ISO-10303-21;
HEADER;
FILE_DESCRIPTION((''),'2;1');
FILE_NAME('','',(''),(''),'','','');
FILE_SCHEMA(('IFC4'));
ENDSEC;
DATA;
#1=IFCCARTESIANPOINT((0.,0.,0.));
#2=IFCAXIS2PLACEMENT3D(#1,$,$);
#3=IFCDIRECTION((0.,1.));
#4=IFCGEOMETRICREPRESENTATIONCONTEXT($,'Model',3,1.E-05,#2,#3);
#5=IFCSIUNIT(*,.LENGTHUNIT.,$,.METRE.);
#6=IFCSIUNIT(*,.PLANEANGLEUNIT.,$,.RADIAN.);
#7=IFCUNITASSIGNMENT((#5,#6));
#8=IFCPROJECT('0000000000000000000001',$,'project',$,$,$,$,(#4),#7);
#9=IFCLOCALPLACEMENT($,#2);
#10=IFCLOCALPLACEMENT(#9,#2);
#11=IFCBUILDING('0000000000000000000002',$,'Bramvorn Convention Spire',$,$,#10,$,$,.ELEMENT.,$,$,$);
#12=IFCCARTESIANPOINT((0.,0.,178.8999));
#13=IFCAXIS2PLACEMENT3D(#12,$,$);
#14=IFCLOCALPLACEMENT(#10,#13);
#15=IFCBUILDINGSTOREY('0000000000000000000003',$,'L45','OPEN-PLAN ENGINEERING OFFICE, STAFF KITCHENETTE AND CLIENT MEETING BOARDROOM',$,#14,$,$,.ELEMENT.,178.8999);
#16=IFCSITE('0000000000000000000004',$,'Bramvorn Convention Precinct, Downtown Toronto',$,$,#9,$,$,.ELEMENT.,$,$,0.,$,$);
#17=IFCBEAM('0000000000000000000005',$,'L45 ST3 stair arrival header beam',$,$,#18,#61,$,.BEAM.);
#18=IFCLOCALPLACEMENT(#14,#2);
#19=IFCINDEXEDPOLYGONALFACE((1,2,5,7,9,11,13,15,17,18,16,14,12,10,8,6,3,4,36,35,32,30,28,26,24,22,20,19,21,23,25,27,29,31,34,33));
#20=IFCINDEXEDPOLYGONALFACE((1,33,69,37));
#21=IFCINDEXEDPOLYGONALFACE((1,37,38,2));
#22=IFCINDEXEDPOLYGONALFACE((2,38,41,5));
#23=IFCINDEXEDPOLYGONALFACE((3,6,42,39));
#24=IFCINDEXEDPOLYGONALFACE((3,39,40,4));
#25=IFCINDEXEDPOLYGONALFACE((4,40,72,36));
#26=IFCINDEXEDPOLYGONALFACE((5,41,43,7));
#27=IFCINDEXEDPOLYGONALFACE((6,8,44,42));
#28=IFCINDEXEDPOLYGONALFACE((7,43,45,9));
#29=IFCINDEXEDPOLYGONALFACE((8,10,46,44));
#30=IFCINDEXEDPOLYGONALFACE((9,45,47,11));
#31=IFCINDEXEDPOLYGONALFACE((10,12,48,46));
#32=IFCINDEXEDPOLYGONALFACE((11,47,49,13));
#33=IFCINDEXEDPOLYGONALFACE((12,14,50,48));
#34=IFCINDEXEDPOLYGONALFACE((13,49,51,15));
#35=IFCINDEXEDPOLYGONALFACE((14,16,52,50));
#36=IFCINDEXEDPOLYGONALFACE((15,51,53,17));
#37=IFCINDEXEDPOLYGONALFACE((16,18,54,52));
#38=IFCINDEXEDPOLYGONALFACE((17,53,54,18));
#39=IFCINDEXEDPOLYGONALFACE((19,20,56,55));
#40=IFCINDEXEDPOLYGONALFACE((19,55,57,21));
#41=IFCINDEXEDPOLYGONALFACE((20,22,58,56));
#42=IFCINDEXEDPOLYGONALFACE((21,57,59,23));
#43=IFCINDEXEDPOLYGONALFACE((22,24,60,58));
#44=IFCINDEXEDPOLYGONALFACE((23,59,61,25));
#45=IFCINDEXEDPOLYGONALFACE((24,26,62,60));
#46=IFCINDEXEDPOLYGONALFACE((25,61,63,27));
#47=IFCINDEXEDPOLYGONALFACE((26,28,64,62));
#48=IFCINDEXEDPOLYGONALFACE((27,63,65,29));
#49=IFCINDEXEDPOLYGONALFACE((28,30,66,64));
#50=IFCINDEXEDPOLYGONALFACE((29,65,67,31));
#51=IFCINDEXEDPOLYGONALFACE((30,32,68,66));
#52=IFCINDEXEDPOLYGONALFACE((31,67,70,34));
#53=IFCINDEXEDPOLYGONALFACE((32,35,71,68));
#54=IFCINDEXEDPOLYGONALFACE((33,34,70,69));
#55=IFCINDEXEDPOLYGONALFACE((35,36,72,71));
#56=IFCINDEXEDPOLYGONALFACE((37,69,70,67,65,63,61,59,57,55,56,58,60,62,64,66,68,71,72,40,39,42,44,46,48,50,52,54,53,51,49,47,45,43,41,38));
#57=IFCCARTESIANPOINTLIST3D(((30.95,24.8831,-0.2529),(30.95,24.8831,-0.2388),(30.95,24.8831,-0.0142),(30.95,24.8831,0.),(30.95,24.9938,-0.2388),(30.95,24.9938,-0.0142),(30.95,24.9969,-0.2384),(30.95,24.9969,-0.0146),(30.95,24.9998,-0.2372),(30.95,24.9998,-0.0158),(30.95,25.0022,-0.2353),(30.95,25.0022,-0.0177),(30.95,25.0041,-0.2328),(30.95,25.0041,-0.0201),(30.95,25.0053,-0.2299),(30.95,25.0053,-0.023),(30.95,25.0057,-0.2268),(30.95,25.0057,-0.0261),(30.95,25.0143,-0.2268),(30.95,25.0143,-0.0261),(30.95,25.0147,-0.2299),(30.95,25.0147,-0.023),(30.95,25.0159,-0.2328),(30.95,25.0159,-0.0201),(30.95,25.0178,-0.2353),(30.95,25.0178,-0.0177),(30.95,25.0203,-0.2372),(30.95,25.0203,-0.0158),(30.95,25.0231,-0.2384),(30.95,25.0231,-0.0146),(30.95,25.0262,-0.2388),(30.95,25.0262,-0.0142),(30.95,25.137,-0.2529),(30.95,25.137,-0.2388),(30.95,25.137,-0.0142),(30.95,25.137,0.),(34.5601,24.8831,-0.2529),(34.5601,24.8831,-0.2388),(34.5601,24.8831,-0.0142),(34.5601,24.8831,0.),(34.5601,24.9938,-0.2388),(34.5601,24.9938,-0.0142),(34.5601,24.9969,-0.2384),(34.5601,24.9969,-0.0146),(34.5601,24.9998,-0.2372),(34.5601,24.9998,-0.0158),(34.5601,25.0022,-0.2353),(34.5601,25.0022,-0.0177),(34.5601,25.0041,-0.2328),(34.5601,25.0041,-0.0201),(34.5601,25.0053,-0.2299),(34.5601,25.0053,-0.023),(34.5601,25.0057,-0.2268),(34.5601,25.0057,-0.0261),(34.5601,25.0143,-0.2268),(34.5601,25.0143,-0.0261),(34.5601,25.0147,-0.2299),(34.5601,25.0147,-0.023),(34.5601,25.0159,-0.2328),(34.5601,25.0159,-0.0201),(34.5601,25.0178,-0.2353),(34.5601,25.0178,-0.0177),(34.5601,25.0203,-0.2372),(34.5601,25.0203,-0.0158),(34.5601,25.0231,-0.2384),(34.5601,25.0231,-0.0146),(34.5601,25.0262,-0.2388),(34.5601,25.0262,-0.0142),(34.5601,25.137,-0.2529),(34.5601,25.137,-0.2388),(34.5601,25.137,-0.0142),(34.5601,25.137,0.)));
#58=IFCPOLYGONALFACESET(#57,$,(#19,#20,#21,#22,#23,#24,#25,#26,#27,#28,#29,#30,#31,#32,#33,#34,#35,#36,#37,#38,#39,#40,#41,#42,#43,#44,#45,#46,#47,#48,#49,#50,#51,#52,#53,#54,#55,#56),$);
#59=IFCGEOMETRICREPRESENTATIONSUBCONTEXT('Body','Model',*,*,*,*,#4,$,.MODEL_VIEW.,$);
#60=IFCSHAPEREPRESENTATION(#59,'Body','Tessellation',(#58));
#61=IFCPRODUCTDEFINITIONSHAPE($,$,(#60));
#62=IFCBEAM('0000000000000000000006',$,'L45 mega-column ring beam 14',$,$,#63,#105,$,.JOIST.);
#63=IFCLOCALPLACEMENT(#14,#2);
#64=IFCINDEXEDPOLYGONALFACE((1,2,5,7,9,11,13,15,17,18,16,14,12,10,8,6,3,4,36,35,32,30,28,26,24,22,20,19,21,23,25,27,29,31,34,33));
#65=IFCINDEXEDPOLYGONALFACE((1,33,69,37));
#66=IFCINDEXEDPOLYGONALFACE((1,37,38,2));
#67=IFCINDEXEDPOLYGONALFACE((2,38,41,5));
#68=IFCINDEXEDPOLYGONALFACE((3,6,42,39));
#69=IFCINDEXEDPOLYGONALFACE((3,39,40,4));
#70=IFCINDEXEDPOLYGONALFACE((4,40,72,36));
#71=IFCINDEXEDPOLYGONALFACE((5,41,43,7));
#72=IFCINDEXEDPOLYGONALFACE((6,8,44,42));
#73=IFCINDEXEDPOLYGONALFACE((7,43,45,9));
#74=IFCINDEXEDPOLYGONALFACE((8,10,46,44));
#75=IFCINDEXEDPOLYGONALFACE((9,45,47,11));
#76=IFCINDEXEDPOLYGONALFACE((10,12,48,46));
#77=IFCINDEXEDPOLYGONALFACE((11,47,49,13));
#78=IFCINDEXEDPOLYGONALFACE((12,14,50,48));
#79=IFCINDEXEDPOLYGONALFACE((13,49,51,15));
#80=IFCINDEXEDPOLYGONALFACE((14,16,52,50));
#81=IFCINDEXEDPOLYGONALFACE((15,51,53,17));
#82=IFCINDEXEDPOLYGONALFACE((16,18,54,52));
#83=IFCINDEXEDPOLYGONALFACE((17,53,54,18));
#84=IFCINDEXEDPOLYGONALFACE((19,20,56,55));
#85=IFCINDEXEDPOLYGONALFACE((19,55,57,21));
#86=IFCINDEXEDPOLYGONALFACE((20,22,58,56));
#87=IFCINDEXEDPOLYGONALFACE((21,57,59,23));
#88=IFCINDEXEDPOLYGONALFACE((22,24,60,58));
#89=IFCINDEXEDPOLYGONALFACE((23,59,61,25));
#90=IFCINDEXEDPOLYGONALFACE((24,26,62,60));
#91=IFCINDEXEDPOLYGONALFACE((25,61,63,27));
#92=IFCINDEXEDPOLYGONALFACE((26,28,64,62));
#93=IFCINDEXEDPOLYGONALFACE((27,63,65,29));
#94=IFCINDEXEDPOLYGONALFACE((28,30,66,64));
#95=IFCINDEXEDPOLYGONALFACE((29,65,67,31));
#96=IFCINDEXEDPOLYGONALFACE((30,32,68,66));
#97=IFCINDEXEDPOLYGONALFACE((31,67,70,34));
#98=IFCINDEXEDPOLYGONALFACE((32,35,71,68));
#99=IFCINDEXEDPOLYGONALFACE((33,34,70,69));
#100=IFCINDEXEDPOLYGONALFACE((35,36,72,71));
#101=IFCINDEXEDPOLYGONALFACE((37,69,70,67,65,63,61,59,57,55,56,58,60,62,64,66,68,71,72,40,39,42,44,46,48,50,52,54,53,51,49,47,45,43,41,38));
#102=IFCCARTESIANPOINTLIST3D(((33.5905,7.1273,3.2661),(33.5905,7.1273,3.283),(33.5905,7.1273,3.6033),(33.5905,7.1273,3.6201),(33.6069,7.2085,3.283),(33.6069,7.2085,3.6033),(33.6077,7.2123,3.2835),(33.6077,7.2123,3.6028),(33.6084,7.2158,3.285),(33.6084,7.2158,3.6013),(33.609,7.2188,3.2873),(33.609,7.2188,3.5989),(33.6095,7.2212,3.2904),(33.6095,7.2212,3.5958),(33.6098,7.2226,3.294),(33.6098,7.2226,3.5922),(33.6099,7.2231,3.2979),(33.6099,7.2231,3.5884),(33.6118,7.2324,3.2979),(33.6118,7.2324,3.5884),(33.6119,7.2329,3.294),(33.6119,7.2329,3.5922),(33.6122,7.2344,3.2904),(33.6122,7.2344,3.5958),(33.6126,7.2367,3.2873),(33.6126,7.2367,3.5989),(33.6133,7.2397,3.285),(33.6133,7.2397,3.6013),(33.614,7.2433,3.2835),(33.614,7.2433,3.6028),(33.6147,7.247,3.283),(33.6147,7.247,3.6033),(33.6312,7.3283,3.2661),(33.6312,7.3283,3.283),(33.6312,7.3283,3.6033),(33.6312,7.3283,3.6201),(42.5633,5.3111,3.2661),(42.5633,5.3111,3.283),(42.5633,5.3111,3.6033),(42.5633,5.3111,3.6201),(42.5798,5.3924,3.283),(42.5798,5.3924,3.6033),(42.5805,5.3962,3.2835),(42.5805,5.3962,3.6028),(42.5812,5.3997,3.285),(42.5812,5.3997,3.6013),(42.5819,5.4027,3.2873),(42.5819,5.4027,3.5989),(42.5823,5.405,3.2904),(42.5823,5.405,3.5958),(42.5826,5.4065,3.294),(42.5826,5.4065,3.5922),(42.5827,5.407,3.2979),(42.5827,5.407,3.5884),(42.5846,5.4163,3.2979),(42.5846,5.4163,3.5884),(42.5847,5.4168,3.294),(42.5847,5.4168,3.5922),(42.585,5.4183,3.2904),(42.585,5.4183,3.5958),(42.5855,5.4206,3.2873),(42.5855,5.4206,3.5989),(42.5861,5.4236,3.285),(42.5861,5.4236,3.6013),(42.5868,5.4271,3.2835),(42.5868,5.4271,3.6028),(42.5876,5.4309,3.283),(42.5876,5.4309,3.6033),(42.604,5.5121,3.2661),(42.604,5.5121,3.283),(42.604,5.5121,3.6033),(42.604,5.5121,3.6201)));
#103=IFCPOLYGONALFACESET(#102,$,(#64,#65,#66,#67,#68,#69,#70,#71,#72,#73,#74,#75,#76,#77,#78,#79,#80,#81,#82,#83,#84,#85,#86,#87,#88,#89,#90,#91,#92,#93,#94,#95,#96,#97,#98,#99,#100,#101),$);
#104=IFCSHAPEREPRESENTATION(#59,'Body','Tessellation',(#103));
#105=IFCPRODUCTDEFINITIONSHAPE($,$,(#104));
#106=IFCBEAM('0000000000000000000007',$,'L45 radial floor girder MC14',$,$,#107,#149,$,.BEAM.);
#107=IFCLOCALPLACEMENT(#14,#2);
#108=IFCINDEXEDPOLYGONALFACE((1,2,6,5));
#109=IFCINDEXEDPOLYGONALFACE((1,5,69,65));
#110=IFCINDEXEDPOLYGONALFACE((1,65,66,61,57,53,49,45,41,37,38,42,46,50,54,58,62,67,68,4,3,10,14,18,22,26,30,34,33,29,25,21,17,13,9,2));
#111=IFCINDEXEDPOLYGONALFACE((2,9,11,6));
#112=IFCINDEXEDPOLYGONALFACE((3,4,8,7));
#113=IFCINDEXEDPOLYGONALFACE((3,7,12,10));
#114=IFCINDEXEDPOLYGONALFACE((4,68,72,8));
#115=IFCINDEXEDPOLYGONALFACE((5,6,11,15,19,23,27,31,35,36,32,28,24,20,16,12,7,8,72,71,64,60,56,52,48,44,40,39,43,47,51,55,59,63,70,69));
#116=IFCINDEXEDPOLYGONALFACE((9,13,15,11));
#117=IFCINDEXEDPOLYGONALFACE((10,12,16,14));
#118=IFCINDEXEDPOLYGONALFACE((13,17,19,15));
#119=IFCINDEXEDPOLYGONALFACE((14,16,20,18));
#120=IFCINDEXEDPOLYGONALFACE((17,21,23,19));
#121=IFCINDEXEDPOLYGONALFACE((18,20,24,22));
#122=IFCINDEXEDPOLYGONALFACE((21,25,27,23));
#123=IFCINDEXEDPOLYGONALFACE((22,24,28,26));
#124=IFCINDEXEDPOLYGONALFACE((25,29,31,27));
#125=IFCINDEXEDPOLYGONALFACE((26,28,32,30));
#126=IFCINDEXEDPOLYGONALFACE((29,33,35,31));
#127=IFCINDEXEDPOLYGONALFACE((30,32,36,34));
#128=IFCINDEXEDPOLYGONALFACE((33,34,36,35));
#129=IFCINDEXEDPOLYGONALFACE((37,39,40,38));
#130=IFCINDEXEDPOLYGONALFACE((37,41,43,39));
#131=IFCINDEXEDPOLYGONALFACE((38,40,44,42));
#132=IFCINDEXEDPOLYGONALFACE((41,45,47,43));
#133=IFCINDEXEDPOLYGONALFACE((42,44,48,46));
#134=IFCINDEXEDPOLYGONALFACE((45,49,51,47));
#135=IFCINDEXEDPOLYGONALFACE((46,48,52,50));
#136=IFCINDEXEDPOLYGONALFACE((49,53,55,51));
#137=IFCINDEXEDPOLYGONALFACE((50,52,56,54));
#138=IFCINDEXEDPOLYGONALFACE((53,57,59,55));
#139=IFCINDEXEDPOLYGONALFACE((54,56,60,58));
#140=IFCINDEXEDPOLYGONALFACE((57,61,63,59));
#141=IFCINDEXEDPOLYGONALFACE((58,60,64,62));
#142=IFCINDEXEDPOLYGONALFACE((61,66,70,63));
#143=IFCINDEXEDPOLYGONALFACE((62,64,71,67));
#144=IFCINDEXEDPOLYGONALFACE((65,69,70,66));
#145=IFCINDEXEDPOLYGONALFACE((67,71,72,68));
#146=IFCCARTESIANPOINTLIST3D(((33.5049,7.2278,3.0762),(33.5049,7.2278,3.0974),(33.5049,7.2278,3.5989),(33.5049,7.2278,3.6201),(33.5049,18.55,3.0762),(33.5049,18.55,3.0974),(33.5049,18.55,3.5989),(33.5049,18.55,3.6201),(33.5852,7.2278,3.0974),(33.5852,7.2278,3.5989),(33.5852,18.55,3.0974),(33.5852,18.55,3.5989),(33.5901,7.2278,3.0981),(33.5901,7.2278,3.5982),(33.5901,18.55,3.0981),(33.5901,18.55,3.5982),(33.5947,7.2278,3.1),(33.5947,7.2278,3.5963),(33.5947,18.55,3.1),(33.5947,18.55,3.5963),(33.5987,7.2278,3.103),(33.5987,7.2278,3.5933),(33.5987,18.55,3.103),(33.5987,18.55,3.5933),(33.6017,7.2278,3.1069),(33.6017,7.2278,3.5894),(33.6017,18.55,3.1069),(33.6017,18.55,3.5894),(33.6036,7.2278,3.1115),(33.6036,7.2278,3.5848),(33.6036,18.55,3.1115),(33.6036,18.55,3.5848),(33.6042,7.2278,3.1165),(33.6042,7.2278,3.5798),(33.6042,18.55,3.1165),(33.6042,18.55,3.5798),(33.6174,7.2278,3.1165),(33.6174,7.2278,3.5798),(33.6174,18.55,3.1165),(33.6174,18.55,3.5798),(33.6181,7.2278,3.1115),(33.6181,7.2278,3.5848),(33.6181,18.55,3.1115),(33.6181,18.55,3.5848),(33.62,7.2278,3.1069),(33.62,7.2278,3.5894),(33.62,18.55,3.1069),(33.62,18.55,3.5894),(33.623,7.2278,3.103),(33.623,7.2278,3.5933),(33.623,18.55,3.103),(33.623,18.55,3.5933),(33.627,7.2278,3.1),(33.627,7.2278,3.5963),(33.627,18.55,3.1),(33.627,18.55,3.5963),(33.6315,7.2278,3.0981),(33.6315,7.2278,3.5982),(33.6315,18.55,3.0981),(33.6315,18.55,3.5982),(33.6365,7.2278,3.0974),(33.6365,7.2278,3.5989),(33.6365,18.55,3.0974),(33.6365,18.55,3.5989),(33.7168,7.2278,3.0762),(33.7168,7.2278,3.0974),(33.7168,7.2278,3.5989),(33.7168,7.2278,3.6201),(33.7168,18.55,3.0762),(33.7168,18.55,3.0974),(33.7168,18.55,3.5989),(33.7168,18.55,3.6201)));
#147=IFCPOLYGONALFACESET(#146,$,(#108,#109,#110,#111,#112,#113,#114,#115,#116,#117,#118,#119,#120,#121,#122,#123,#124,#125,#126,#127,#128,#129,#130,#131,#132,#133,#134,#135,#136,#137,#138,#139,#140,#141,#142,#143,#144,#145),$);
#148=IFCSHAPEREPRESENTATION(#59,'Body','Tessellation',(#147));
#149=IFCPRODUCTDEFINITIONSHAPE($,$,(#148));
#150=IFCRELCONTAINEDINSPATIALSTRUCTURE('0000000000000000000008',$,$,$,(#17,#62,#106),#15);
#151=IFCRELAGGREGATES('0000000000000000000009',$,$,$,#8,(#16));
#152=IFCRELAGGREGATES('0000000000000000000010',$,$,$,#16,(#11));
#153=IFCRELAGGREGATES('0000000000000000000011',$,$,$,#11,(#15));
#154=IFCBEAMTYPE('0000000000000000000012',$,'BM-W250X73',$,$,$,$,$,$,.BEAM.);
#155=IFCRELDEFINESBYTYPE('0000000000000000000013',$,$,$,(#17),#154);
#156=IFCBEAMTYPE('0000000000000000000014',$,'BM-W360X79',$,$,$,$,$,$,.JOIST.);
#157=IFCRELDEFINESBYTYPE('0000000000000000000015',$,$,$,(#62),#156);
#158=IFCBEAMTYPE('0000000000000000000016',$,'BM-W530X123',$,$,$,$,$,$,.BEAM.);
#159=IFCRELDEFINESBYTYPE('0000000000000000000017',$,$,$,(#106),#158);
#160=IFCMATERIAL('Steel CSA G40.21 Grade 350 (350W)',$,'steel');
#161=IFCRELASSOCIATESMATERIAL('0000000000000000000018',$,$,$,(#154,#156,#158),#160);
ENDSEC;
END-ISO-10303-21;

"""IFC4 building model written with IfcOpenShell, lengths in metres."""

from ifc_helpers import new_model, si_unit, direction, frame, origin, origin_2d, place, context, subcontext, project, spatial, i_section, extrude, material, material_profile, profile_set, type_object, element, save


model = new_model("IFC4")

# Units and contexts
model_context = context("Model", 3, precision=1e-05, world=origin(), true_north=direction((0.0, 1.0)))
body_context = subcontext(model_context, "Body", "Model", "MODEL_VIEW")
ifc_project = project(units=[si_unit("LENGTHUNIT", "METRE"), si_unit("PLANEANGLEUNIT", "RADIAN")], contexts=[model_context])

# Site, building, storey
site_placement = place(None, origin())
site = spatial("IfcSite", under=ifc_project, at=site_placement, Name="Bramvorn Convention Precinct, Downtown Toronto", CompositionType="ELEMENT", RefElevation=0.0)
building_placement = place(site_placement, origin())
building = spatial("IfcBuilding", under=site, at=building_placement, Name="Bramvorn Convention Spire", CompositionType="ELEMENT")
storey_placement = place(building_placement, frame((0.0, 0.0, 178.8999)))
storey = spatial("IfcBuildingStorey", under=building, at=storey_placement, Name="L45", Description="OPEN-PLAN ENGINEERING OFFICE, STAFF KITCHENETTE AND CLIENT MEETING BOARDROOM", CompositionType="ELEMENT", Elevation=178.8999)

# Shared definitions
ifc_material_1 = material(Name="Steel CSA G40.21 Grade 350 (350W)", Category="steel")

# Beams
ifc_material_profile_1 = material_profile(ifc_material_1, i_section(OverallWidth=0.2539, OverallDepth=0.2529, WebThickness=0.0085, FlangeThickness=0.0142, FilletRadius=0.012, at=origin_2d()))
ifc_profile_set_1 = profile_set([ifc_material_profile_1], Name="Steel CSA G40.21 Grade 350 (350W) - W250X73")
beam_type_1 = type_object("IfcBeamType", Name="BM-W250X73", PredefinedType="BEAM", material=ifc_profile_set_1)
beam_1_placement = place(storey_placement, frame((30.95, 25.01, -0.1265), z_axis=(1.0, 0.0, 0.0), x_axis=(0.0, 1.0, 0.0)))
element("IfcBeam", 1, at=beam_1_placement, inside=storey, type_object=beam_type_1, Name="L45 ST3 stair arrival header beam", PredefinedType="BEAM", context=body_context, shape_type="SweptSolid", body=[
    extrude(i_section(OverallWidth=0.2539, OverallDepth=0.2529, WebThickness=0.0085, FlangeThickness=0.0142, FilletRadius=0.012, at=origin_2d()), origin(), (0.0, 0.0, 1.0), 3.6101),
])
ifc_material_profile_2 = material_profile(ifc_material_1, i_section(OverallWidth=0.2051, OverallDepth=0.354, WebThickness=0.0095, FlangeThickness=0.0168, FilletRadius=0.0149, at=origin_2d()))
ifc_profile_set_2 = profile_set([ifc_material_profile_2], Name="Steel CSA G40.21 Grade 350 (350W) - W360X79")
beam_type_2 = type_object("IfcBeamType", Name="BM-W360X79", PredefinedType="JOIST", material=ifc_profile_set_2)
beam_2_placement = place(storey_placement, frame((33.6108, 7.2278, 3.4431), z_axis=(0.980125, -0.198382, 0.0), x_axis=(0.198382, 0.980125, 0.0)))
element("IfcBeam", 2, at=beam_2_placement, inside=storey, type_object=beam_type_2, Name="L45 mega-column ring beam 14", PredefinedType="JOIST", context=body_context, shape_type="SweptSolid", body=[
    extrude(i_section(OverallWidth=0.2051, OverallDepth=0.354, WebThickness=0.0095, FlangeThickness=0.0168, FilletRadius=0.0149, at=origin_2d()), origin(), (0.0, 0.0, 1.0), 9.1548),
])
ifc_material_profile_3 = material_profile(ifc_material_1, i_section(OverallWidth=0.2119, OverallDepth=0.5439, WebThickness=0.0132, FlangeThickness=0.0212, FilletRadius=0.019, at=origin_2d()))
ifc_profile_set_3 = profile_set([ifc_material_profile_3], Name="Steel CSA G40.21 Grade 350 (350W) - W530X123")
beam_type_3 = type_object("IfcBeamType", Name="BM-W530X123", PredefinedType="BEAM", material=ifc_profile_set_3)
beam_3_placement = place(storey_placement, frame((33.6108, 18.55, 3.3481), z_axis=(0.0, -1.0, 0.0), x_axis=(1.0, 0.0, 0.0)))
element("IfcBeam", 3, at=beam_3_placement, inside=storey, type_object=beam_type_3, Name="L45 radial floor girder MC14", PredefinedType="BEAM", context=body_context, shape_type="SweptSolid", body=[
    extrude(i_section(OverallWidth=0.2119, OverallDepth=0.5439, WebThickness=0.0132, FlangeThickness=0.0212, FilletRadius=0.019, at=origin_2d()), origin(), (0.0, 0.0, 1.0), 11.3223),
])

save(model, "model.ifc")
